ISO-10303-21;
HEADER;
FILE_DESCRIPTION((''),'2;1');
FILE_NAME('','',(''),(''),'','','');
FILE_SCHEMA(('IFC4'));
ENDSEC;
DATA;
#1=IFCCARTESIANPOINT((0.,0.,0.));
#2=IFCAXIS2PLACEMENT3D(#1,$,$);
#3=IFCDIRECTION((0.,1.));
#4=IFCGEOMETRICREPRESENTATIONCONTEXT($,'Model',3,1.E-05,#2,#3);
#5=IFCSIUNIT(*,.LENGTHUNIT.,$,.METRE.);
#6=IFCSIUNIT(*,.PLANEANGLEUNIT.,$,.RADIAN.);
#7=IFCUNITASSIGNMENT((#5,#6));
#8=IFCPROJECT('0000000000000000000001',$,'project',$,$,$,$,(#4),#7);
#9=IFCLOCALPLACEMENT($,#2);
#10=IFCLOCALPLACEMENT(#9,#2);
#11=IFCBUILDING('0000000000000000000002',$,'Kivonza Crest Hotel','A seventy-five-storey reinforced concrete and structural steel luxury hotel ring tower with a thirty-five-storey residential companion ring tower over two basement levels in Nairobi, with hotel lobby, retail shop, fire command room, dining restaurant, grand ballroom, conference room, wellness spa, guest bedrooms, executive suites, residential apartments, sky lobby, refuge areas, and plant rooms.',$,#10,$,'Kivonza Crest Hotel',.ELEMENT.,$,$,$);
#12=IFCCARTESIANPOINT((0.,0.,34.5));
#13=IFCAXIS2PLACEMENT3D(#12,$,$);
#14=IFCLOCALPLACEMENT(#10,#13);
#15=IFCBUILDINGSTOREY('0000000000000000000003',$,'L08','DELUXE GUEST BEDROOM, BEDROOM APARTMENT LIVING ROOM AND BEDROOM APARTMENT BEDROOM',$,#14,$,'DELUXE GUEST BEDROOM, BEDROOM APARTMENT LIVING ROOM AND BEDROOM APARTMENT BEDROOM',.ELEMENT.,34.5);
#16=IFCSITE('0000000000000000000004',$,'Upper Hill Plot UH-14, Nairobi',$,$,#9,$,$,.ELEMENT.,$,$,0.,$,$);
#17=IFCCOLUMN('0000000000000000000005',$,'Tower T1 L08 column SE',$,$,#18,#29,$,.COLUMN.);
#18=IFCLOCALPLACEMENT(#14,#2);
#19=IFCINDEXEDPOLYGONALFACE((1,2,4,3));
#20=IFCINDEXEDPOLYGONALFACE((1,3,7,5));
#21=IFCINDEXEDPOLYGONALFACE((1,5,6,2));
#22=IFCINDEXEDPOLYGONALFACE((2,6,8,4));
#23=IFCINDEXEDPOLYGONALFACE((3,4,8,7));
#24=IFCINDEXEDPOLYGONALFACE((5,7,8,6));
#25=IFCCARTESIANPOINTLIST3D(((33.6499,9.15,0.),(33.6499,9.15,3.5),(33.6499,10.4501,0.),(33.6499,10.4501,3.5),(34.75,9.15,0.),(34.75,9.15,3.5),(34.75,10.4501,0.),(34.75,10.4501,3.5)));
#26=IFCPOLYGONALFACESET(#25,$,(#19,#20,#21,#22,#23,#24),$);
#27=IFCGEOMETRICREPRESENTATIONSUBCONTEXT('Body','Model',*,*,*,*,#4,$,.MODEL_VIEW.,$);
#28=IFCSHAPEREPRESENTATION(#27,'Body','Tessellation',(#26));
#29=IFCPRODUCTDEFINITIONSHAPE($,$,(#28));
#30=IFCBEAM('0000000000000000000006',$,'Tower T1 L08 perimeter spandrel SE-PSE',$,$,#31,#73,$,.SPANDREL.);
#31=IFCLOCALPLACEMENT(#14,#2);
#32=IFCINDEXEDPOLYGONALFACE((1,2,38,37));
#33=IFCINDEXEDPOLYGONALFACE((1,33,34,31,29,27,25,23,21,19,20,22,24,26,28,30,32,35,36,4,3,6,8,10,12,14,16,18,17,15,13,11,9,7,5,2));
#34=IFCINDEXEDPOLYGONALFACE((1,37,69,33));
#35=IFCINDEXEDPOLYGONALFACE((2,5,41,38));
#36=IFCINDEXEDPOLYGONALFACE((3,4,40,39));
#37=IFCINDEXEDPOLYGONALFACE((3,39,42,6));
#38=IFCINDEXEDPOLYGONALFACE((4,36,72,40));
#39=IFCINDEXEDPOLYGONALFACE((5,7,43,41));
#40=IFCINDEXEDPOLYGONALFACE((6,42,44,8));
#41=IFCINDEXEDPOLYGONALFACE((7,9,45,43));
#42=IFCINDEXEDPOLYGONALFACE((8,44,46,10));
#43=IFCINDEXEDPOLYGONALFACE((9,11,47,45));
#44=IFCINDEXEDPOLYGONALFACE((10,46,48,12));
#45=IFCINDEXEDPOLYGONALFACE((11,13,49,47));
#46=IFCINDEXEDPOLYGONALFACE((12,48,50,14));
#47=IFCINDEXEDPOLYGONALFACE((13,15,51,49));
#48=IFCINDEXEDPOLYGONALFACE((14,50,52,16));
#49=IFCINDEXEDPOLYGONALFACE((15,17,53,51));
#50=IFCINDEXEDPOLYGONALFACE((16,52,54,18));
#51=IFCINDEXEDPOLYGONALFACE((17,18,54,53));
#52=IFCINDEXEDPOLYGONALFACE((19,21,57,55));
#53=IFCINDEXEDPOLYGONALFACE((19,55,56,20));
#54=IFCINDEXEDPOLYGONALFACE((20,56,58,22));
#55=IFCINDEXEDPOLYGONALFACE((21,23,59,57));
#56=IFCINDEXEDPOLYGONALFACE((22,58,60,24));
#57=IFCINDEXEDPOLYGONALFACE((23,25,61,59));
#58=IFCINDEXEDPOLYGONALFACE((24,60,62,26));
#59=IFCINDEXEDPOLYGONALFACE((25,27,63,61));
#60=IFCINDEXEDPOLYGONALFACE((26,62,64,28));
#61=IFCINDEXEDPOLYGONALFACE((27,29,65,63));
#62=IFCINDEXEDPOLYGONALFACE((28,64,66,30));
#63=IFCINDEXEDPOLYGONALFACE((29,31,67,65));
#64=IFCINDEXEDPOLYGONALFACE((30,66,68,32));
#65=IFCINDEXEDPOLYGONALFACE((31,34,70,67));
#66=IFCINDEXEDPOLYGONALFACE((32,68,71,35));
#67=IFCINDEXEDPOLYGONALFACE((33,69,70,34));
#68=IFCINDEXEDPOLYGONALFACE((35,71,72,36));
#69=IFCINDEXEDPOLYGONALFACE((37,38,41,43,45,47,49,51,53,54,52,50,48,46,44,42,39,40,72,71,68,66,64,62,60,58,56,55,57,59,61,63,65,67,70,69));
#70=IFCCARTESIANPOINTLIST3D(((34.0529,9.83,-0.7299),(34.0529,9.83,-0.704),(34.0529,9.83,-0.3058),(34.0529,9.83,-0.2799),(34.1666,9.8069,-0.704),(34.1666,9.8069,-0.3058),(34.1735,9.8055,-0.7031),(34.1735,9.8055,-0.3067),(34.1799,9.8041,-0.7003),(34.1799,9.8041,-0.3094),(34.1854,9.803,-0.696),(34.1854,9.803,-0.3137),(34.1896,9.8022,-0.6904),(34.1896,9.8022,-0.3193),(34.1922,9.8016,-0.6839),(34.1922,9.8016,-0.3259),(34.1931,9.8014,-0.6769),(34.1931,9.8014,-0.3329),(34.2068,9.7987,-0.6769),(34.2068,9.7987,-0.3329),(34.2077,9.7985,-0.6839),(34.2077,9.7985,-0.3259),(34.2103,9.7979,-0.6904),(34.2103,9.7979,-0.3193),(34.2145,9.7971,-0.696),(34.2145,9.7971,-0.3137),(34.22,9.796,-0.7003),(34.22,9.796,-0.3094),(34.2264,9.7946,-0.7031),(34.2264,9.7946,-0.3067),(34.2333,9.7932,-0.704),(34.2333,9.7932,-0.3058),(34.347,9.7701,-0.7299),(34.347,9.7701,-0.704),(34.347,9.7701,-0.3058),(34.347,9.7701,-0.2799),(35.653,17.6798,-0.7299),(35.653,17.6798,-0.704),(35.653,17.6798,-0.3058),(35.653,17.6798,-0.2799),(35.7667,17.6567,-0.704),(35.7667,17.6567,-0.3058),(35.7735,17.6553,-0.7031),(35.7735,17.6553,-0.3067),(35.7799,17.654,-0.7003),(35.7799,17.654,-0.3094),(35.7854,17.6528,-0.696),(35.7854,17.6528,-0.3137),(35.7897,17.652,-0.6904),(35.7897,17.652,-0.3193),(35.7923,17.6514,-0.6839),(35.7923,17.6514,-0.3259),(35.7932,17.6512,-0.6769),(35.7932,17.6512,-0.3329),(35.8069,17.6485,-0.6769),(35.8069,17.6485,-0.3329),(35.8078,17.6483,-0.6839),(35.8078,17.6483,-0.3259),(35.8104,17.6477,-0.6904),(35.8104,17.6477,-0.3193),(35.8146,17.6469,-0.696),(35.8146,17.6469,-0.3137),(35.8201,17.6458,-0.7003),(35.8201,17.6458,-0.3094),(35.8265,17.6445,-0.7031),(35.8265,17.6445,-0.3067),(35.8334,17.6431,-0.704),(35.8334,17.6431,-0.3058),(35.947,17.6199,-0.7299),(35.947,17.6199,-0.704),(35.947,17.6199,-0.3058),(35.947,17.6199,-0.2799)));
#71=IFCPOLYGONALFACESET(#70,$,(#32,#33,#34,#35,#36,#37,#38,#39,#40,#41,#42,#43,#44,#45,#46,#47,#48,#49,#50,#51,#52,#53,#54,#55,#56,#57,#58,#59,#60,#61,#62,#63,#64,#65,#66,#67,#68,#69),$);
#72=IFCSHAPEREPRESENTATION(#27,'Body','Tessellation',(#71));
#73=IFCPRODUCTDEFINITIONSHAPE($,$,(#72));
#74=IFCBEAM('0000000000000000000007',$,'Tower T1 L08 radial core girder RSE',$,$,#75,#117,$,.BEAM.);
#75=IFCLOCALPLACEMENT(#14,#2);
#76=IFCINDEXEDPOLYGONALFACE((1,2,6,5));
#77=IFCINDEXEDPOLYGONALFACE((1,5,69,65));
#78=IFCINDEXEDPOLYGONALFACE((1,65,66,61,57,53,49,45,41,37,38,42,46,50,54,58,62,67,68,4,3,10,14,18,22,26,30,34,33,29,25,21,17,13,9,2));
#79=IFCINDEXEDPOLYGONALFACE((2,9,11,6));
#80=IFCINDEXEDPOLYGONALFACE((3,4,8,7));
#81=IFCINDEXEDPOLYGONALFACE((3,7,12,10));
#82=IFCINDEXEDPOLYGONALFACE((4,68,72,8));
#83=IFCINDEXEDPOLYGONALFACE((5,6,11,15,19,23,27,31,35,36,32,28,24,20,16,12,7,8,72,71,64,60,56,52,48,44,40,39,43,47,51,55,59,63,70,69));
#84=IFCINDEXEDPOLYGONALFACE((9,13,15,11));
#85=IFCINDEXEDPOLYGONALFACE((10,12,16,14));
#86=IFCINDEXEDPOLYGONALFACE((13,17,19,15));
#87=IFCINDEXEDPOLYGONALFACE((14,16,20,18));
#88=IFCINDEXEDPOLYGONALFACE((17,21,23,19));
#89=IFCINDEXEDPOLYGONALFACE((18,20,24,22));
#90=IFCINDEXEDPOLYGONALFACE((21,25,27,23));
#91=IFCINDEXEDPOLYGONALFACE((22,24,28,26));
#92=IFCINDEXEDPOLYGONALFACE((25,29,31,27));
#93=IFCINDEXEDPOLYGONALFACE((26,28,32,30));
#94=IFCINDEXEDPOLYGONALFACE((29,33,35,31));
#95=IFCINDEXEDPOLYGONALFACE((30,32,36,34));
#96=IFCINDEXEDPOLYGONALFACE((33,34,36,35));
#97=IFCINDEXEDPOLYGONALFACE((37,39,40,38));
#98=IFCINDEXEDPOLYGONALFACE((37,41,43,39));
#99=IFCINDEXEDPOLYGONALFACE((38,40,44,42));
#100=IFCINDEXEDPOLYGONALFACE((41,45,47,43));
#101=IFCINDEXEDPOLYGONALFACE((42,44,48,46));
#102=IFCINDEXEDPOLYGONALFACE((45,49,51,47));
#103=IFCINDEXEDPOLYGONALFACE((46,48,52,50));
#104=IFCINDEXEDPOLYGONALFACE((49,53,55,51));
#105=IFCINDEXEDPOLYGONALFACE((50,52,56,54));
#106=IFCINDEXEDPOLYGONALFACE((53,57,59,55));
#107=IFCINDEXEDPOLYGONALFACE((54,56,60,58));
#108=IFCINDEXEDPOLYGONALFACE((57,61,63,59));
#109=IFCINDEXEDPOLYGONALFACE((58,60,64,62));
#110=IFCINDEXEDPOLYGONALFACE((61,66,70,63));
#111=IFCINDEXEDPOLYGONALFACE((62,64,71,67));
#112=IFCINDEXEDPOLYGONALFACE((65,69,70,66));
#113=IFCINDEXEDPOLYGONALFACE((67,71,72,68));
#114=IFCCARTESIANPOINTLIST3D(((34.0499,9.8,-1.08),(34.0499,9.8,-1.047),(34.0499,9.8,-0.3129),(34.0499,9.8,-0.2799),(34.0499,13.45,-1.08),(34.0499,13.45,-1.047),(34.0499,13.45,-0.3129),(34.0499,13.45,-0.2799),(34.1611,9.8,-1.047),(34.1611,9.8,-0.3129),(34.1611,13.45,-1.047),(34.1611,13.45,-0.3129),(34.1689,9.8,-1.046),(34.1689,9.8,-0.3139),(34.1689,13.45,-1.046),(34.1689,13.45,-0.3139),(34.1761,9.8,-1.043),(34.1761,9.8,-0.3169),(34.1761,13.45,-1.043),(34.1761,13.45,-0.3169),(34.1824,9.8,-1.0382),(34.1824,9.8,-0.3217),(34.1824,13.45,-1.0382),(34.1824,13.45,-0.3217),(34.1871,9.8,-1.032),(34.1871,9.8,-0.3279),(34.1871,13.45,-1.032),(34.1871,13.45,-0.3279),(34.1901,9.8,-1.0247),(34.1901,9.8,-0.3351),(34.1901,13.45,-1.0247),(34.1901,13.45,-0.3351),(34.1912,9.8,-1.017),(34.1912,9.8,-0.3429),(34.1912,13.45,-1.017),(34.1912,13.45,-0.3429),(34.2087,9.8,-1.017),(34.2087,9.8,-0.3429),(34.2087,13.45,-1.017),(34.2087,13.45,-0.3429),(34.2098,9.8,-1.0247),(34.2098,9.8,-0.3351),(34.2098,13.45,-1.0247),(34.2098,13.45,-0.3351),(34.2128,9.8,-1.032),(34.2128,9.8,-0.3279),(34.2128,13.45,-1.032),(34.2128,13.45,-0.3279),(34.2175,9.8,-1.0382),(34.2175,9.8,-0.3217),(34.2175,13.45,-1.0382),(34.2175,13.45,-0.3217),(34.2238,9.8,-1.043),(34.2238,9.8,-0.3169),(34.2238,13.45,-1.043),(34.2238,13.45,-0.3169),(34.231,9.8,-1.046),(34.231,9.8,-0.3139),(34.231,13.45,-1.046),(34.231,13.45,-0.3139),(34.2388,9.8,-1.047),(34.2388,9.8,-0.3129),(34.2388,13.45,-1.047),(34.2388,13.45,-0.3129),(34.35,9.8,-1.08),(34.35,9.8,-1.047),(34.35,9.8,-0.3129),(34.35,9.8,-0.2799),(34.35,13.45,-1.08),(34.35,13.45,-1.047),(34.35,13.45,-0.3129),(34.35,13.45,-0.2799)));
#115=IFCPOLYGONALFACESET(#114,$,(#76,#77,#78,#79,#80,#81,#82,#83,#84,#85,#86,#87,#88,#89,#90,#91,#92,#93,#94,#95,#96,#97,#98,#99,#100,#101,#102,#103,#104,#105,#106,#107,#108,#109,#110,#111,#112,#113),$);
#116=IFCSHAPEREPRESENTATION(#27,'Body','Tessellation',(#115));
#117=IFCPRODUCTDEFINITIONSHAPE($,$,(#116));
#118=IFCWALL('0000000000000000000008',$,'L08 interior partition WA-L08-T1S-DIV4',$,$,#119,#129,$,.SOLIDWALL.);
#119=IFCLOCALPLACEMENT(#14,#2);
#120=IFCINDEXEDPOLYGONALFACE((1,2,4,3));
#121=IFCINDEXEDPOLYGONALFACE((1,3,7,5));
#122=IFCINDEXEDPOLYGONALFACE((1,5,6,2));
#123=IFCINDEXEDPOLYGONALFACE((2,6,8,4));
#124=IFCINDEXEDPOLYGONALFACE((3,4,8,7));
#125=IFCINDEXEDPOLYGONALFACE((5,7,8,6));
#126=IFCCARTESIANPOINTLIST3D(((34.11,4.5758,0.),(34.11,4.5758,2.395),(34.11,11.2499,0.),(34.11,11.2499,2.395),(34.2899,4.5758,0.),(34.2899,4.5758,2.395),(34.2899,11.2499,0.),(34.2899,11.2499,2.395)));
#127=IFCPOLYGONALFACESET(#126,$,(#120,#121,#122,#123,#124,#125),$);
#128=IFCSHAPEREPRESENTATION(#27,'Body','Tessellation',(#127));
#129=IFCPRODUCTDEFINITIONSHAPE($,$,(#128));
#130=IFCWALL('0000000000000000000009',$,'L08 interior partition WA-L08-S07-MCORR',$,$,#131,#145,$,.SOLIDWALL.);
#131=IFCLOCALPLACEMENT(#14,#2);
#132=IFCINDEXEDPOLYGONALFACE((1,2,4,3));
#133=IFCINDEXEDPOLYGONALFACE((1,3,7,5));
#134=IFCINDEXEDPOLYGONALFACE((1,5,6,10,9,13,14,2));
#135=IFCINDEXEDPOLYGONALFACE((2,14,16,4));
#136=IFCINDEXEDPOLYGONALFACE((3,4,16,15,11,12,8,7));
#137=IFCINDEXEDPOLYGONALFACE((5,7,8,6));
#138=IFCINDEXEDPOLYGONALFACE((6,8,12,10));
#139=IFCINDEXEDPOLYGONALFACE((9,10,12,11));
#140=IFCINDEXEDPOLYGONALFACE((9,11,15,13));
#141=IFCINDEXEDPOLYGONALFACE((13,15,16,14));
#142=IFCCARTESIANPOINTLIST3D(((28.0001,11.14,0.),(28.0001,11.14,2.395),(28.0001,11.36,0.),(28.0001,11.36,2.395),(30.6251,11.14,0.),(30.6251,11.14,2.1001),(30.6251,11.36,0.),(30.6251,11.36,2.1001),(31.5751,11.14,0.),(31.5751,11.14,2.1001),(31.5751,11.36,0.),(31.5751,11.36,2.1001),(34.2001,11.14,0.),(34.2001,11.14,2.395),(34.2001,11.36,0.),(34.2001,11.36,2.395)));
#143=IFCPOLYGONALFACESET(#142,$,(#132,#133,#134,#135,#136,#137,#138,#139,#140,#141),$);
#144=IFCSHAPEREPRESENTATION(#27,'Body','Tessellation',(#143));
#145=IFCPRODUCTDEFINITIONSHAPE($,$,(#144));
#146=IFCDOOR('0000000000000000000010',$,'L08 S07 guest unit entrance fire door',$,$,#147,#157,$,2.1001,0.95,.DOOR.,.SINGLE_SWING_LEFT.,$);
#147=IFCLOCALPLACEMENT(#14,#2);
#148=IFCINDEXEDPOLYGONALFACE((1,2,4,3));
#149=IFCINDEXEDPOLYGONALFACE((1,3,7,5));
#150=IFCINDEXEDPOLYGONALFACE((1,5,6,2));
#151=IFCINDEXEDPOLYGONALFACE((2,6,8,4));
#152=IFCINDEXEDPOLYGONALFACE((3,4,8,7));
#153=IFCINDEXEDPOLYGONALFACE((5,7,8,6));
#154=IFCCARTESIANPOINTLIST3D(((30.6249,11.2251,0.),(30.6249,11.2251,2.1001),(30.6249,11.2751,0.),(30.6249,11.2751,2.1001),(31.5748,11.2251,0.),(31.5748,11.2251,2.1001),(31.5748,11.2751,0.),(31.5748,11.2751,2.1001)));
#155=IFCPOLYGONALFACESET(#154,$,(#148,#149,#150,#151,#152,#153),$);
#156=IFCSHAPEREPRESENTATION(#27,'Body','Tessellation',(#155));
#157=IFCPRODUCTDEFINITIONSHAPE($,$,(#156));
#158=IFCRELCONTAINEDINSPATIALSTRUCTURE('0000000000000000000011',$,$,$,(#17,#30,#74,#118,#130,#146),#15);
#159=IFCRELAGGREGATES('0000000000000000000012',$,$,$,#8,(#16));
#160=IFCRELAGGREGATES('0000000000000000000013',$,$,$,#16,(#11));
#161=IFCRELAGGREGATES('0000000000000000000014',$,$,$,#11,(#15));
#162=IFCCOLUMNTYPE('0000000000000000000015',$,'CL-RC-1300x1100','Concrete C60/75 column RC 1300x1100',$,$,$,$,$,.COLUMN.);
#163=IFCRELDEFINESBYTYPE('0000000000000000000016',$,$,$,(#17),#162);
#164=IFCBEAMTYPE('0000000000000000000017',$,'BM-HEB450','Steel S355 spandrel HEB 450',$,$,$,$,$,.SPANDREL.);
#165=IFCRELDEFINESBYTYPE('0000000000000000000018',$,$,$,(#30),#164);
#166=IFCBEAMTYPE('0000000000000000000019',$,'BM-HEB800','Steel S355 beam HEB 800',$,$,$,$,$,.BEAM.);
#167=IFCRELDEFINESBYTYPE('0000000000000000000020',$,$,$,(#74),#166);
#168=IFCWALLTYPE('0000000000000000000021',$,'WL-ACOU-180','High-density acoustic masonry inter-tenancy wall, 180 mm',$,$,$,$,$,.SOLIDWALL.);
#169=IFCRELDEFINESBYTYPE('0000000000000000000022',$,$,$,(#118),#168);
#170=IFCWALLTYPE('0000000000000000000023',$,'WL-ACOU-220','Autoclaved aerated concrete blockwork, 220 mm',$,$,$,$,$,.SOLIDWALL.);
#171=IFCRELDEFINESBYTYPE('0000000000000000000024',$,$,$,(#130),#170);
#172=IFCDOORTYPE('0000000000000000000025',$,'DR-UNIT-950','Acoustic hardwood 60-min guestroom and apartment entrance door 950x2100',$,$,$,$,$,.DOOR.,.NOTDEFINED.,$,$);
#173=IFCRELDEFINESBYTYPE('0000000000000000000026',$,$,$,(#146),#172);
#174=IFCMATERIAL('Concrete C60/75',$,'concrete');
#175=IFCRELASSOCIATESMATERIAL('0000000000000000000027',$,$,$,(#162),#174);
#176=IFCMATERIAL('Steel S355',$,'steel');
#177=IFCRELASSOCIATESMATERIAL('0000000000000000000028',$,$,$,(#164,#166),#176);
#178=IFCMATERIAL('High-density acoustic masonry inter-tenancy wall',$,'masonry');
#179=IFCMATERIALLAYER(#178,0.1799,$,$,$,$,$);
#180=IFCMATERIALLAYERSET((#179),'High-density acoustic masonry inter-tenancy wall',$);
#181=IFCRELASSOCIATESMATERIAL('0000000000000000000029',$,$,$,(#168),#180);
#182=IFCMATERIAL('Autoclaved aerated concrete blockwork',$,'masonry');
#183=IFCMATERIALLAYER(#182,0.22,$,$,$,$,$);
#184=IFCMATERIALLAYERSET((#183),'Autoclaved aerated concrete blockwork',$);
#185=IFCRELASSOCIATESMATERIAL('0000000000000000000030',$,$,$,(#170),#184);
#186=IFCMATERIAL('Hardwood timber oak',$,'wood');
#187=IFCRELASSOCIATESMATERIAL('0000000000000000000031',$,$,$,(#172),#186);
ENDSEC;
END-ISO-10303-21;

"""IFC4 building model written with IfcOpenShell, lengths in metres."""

from ifc_helpers import new_model, si_unit, direction, frame, frame_2d, origin, origin_2d, place, context, subcontext, project, spatial, rectangle, i_section, extrude, material, layer, layer_set, material_profile, profile_set, type_object, element, fill, save


model = new_model("IFC4")

# Units and contexts
model_context = context("Model", 3, precision=1e-05, world=origin(), true_north=direction((0.0, 1.0)))
body_context = subcontext(model_context, "Body", "Model", "MODEL_VIEW")
ifc_project = project(units=[si_unit("LENGTHUNIT", "METRE"), si_unit("PLANEANGLEUNIT", "RADIAN")], contexts=[model_context])

# Site, building, storey
site_placement = place(None, origin())
site = spatial("IfcSite", under=ifc_project, at=site_placement, Name="Upper Hill Plot UH-14, Nairobi", CompositionType="ELEMENT", RefElevation=0.0)
building_placement = place(site_placement, origin())
building = spatial("IfcBuilding", under=site, at=building_placement, Name="Kivonza Crest Hotel", Description="A seventy-five-storey reinforced concrete and structural steel luxury hotel ring tower with a thirty-five-storey residential companion ring tower over two basement levels in Nairobi, with hotel lobby, retail shop, fire command room, dining restaurant, grand ballroom, conference room, wellness spa, guest bedrooms, executive suites, residential apartments, sky lobby, refuge areas, and plant rooms.", LongName="Kivonza Crest Hotel", CompositionType="ELEMENT")
storey_placement = place(building_placement, frame((0.0, 0.0, 34.5)))
storey = spatial("IfcBuildingStorey", under=building, at=storey_placement, Name="L08", Description="DELUXE GUEST BEDROOM, BEDROOM APARTMENT LIVING ROOM AND BEDROOM APARTMENT BEDROOM", LongName="DELUXE GUEST BEDROOM, BEDROOM APARTMENT LIVING ROOM AND BEDROOM APARTMENT BEDROOM", CompositionType="ELEMENT", Elevation=34.5)

# Column
ifc_material_1 = material(Name="Concrete C60/75", Category="concrete")
ifc_material_profile_1 = material_profile(ifc_material_1, rectangle(XDim=1.1001, YDim=1.3, at=origin_2d()), Name="RC 1300x1100")
ifc_profile_set_1 = profile_set([ifc_material_profile_1], Name="Concrete C60/75")
column_type = type_object("IfcColumnType", Name="CL-RC-1300x1100", Description="Concrete C60/75 column RC 1300x1100", PredefinedType="COLUMN", material=ifc_profile_set_1)
column_placement = place(storey_placement, frame((34.2, 9.8, 0.0), z_axis=(0.0, 0.0, 1.0), x_axis=(1.0, 0.0, 0.0)))
element("IfcColumn", 1, at=column_placement, inside=storey, type_object=column_type, Name="Tower T1 L08 column SE", PredefinedType="COLUMN", context=body_context, shape_type="SweptSolid", body=[
    extrude(rectangle(XDim=1.1001, YDim=1.3, at=origin_2d()), origin(), (0.0, 0.0, 1.0), 3.5),
])

# Beams
ifc_material_2 = material(Name="Steel S355", Category="steel")
ifc_material_profile_2 = material_profile(ifc_material_2, i_section(OverallWidth=0.3, OverallDepth=0.45, WebThickness=0.0139, FlangeThickness=0.0259, FilletRadius=0.0271, at=origin_2d()), Name="HEB 450")
ifc_profile_set_2 = profile_set([ifc_material_profile_2], Name="Steel S355")
beam_type_1 = type_object("IfcBeamType", Name="BM-HEB450", Description="Steel S355 spandrel HEB 450", PredefinedType="SPANDREL", material=ifc_profile_set_2)
beam_1_placement = place(storey_placement, frame((34.2, 9.8, -0.5049), z_axis=(0.199731, 0.979851, 0.0), x_axis=(-0.979851, 0.199731, 0.0)))
element("IfcBeam", 2, at=beam_1_placement, inside=storey, type_object=beam_type_1, Name="Tower T1 L08 perimeter spandrel SE-PSE", PredefinedType="SPANDREL", context=body_context, shape_type="SweptSolid", body=[
    extrude(i_section(OverallWidth=0.3, OverallDepth=0.45, WebThickness=0.0139, FlangeThickness=0.0259, FilletRadius=0.0271, at=origin_2d()), origin(), (0.0, 0.0, 1.0), 8.0112),
])
ifc_material_profile_3 = material_profile(ifc_material_2, i_section(OverallWidth=0.3, OverallDepth=0.8, WebThickness=0.0176, FlangeThickness=0.033, FilletRadius=0.03, at=origin_2d()), Name="HEB 800")
ifc_profile_set_3 = profile_set([ifc_material_profile_3], Name="Steel S355")
beam_type_2 = type_object("IfcBeamType", Name="BM-HEB800", Description="Steel S355 beam HEB 800", PredefinedType="BEAM", material=ifc_profile_set_3)
beam_2_placement = place(storey_placement, frame((34.2, 9.8, -0.6799), z_axis=(0.0, 1.0, 0.0), x_axis=(-1.0, 0.0, 0.0)))
element("IfcBeam", 3, at=beam_2_placement, inside=storey, type_object=beam_type_2, Name="Tower T1 L08 radial core girder RSE", PredefinedType="BEAM", context=body_context, shape_type="SweptSolid", body=[
    extrude(i_section(OverallWidth=0.3, OverallDepth=0.8, WebThickness=0.0176, FlangeThickness=0.033, FilletRadius=0.03, at=origin_2d()), origin(), (0.0, 0.0, 1.0), 3.6499),
])

# Wall
ifc_material_3 = material(Name="High-density acoustic masonry inter-tenancy wall", Category="masonry")
ifc_layer_1 = layer(ifc_material_3, 0.1799)
ifc_layer_set_1 = layer_set([ifc_layer_1], Name="High-density acoustic masonry inter-tenancy wall")
wall_type_1 = type_object("IfcWallType", Name="WL-ACOU-180", Description="High-density acoustic masonry inter-tenancy wall, 180 mm", PredefinedType="SOLIDWALL", material=ifc_layer_set_1)
wall_1_placement = place(storey_placement, frame((34.2, 4.5759, 0.0), z_axis=(0.0, 0.0, 1.0), x_axis=(0.0, 1.0, 0.0)))
element("IfcWall", 4, at=wall_1_placement, inside=storey, type_object=wall_type_1, Name="L08 interior partition WA-L08-T1S-DIV4", PredefinedType="SOLIDWALL", context=body_context, shape_type="SweptSolid", body=[
    extrude(rectangle(XDim=6.6741, YDim=0.1799, at=frame_2d((3.3369, 0.0))), origin(), (0.0, 0.0, 1.0), 2.395),
])

# Wall, opening, door
ifc_material_4 = material(Name="Autoclaved aerated concrete blockwork", Category="masonry")
ifc_layer_2 = layer(ifc_material_4, 0.22)
ifc_layer_set_2 = layer_set([ifc_layer_2], Name="Autoclaved aerated concrete blockwork")
wall_type_2 = type_object("IfcWallType", Name="WL-ACOU-220", Description="Autoclaved aerated concrete blockwork, 220 mm", PredefinedType="SOLIDWALL", material=ifc_layer_set_2)
wall_2_placement = place(storey_placement, frame((28.0, 11.25, 0.0), z_axis=(0.0, 0.0, 1.0), x_axis=(1.0, 0.0, 0.0)))
wall_2 = element("IfcWall", 5, at=wall_2_placement, inside=storey, type_object=wall_type_2, Name="L08 interior partition WA-L08-S07-MCORR", PredefinedType="SOLIDWALL", context=body_context, shape_type="SweptSolid", body=[
    extrude(rectangle(XDim=6.2, YDim=0.22, at=frame_2d((3.1001, 0.0))), origin(), (0.0, 0.0, 1.0), 2.395),
])
opening_1_placement = place(wall_2_placement, frame((2.625, 0.0, 0.0)))
opening_1 = element("IfcOpeningElement", 6, at=opening_1_placement, cuts=wall_2, PredefinedType="OPENING", context=body_context, shape_type="SweptSolid", body=[
    extrude(rectangle(XDim=0.95, YDim=2.1001, at=frame_2d((0.4751, 1.05))), frame((0.0, 0.1201, 0.0), z_axis=(0.0, -1.0, 0.0), x_axis=(1.0, 0.0, 0.0)), (0.0, 0.0, 1.0), 0.24),
])
ifc_material_5 = material(Name="Hardwood timber oak", Category="wood")
door_type_1 = type_object("IfcDoorType", Name="DR-UNIT-950", Description="Acoustic hardwood 60-min guestroom and apartment entrance door 950x2100", OperationType="NOTDEFINED", PredefinedType="DOOR", material=ifc_material_5)
door_1_placement = place(opening_1_placement, frame((0.95, 0.0, 0.0), z_axis=(0.0, 0.0, 1.0), x_axis=(-1.0, 0.0, 0.0)))
door_1 = element("IfcDoor", 7, at=door_1_placement, inside=storey, type_object=door_type_1, Name="L08 S07 guest unit entrance fire door", OperationType="SINGLE_SWING_LEFT", OverallHeight=2.1001, OverallWidth=0.95, PredefinedType="DOOR", context=body_context, shape_type="SweptSolid", body=[
    extrude(rectangle(XDim=0.95, YDim=2.1001, at=frame_2d((0.4751, 1.05))), frame((0.0, 0.0249, 0.0), z_axis=(0.0, -1.0, 0.0), x_axis=(1.0, 0.0, 0.0)), (0.0, 0.0, 1.0), 0.05),
])
fill(opening_1, door_1)

save(model, "model.ifc")
